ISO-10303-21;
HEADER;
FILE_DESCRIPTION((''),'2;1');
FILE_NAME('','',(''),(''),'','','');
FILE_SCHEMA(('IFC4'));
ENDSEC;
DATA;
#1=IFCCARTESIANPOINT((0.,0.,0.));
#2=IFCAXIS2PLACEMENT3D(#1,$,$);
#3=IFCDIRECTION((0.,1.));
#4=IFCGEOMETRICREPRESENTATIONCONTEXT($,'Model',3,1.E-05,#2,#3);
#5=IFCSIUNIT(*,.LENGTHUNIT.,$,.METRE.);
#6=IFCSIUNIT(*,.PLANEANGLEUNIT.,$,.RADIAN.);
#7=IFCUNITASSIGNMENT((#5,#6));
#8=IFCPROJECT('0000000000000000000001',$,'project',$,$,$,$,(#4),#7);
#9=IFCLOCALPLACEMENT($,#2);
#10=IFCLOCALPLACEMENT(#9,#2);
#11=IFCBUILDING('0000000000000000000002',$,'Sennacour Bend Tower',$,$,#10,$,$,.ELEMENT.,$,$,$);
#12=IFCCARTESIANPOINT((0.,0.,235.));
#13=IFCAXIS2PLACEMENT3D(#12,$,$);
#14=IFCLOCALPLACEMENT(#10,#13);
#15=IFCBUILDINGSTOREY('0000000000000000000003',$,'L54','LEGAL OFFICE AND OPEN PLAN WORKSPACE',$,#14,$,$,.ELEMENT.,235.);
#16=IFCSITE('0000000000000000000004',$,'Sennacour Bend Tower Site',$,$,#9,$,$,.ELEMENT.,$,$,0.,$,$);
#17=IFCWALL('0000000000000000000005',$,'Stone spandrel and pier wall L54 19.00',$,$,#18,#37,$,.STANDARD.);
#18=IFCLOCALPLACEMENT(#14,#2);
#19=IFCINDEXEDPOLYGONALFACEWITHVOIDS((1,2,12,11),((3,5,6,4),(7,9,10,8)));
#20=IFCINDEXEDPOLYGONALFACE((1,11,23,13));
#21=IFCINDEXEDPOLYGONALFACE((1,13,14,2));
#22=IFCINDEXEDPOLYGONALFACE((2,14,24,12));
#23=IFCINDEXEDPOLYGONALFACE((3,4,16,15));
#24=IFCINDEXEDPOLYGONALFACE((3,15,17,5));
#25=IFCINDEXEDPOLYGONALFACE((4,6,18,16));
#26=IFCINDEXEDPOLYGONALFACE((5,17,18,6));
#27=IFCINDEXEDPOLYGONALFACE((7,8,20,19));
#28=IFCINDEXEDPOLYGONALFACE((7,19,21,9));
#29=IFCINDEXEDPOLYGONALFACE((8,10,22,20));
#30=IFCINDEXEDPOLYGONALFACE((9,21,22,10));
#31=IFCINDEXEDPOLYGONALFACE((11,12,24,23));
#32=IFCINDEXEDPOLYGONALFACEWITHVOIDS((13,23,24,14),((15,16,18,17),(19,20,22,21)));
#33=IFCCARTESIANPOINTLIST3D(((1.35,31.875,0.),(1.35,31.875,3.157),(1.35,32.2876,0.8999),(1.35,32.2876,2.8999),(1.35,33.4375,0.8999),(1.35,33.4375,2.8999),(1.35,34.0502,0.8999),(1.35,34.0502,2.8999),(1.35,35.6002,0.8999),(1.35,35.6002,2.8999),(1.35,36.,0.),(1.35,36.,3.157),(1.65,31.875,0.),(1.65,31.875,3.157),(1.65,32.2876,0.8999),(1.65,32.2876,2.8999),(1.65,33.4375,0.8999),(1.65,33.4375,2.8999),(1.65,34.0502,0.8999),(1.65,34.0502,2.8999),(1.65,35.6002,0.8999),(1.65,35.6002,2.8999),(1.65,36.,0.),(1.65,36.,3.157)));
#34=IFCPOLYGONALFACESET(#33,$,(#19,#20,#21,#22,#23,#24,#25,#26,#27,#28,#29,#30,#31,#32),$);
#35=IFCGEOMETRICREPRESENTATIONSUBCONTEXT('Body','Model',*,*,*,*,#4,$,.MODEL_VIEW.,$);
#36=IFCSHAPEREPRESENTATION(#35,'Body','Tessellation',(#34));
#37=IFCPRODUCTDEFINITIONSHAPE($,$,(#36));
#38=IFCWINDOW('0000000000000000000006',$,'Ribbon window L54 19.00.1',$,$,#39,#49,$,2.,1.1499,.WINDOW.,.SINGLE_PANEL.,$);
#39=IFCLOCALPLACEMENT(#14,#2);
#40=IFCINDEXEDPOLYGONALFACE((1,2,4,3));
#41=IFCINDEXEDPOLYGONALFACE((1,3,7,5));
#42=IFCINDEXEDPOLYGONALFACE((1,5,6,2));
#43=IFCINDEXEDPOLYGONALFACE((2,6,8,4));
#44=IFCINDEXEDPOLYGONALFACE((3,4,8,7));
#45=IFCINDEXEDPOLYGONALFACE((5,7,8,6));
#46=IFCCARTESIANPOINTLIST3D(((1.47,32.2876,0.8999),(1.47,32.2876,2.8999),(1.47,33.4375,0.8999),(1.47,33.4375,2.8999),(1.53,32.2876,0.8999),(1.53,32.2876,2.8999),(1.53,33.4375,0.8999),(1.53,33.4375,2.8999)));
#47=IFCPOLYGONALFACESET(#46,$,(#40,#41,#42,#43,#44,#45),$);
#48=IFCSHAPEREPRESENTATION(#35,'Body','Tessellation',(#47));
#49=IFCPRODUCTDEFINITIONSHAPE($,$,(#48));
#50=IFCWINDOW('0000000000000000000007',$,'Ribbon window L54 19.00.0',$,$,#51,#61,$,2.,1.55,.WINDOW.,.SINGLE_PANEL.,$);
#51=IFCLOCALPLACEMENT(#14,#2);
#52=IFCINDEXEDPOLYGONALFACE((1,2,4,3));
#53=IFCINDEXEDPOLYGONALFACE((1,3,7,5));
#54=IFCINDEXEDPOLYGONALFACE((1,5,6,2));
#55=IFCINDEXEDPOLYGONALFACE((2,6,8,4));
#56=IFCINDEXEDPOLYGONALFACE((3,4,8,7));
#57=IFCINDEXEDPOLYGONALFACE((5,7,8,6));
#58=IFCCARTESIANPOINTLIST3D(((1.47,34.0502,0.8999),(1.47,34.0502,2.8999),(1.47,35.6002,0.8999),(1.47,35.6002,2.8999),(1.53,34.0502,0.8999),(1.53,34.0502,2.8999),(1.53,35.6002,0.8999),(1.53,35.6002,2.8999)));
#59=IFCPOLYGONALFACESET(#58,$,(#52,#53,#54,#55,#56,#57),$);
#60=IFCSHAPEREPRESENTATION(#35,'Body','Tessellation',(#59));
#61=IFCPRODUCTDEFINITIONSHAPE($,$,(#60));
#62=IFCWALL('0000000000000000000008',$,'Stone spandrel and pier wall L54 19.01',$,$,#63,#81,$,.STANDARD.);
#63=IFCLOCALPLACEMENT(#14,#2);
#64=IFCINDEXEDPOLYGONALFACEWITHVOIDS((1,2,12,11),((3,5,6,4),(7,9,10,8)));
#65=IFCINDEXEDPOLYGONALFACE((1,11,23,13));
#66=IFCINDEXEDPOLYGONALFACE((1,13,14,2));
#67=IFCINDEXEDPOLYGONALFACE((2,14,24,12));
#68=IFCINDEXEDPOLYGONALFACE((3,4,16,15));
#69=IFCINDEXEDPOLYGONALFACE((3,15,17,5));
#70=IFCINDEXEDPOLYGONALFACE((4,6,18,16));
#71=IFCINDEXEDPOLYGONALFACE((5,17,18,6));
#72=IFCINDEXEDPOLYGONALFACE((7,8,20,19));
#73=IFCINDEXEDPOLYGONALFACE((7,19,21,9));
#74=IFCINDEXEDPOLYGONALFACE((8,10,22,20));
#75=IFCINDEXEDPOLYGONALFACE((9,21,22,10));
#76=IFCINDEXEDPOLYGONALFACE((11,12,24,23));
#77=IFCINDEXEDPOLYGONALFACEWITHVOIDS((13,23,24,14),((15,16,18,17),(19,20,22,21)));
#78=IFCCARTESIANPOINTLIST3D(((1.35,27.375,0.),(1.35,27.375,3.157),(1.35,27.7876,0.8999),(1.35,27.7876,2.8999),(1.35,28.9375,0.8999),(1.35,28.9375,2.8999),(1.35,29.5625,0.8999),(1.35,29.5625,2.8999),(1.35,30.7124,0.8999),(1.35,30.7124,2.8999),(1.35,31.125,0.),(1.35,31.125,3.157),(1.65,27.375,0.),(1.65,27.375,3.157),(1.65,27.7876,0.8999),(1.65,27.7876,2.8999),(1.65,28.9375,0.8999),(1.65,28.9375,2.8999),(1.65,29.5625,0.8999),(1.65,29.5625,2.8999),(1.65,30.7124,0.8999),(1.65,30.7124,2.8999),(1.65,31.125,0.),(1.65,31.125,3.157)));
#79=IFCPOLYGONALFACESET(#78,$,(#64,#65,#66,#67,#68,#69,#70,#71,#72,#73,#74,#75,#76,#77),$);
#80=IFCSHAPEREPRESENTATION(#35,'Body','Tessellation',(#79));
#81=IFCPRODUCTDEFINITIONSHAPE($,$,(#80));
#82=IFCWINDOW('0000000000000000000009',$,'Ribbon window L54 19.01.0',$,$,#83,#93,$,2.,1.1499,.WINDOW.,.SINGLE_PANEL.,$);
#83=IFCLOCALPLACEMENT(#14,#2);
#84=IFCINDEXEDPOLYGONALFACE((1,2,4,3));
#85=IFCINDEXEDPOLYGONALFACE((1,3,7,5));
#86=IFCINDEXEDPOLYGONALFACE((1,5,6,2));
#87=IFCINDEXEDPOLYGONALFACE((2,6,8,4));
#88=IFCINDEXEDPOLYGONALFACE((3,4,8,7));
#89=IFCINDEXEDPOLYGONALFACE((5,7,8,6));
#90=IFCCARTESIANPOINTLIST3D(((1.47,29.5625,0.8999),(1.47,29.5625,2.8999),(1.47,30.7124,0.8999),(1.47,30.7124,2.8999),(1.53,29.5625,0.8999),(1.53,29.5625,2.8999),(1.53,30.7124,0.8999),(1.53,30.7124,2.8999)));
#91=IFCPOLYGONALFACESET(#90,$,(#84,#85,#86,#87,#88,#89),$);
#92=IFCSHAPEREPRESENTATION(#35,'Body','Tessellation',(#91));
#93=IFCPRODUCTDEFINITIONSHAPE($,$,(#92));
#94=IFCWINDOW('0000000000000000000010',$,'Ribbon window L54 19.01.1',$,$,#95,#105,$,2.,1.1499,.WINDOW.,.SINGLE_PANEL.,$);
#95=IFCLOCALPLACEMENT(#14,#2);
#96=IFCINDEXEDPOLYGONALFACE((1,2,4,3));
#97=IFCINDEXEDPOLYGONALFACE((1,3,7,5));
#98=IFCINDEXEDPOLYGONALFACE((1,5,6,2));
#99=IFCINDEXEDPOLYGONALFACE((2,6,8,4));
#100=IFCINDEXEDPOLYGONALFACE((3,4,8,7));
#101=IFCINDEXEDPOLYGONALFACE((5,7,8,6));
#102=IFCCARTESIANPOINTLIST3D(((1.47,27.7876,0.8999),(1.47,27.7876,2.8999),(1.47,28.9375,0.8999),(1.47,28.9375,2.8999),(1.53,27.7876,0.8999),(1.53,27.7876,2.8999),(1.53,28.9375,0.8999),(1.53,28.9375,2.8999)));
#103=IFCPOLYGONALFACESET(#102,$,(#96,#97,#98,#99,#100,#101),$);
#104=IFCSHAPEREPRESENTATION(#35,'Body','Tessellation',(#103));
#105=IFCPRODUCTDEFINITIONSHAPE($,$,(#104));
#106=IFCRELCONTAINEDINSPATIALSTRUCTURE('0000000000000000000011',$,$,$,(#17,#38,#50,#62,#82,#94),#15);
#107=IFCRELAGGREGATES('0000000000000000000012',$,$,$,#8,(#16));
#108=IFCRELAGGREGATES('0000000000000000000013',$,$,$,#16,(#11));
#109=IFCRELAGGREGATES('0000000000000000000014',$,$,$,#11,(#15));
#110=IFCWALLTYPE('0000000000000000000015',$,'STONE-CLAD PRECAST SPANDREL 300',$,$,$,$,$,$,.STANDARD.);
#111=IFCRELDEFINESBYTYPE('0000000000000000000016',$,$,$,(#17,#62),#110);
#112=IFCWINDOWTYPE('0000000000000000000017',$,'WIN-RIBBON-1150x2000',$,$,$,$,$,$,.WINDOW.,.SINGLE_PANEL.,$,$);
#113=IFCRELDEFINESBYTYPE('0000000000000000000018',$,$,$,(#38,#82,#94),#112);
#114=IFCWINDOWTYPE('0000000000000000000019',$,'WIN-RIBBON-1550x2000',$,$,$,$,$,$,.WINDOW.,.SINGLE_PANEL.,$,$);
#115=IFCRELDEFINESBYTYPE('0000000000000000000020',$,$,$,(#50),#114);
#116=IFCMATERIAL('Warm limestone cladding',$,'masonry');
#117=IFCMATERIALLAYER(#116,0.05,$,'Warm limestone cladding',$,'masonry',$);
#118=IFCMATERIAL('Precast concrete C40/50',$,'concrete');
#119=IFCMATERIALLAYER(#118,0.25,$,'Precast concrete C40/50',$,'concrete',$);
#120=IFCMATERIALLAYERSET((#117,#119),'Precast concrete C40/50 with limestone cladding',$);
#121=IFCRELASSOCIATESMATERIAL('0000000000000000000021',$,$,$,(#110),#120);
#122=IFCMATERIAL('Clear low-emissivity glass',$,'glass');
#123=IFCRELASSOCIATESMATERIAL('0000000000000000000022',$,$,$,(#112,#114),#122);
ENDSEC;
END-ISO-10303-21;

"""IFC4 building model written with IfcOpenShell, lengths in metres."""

from ifc_helpers import new_model, si_unit, direction, frame, frame_2d, origin, place, context, subcontext, project, spatial, rectangle, extrude, material, layer, layer_set, type_object, element, fill, save


model = new_model("IFC4")

# Units and contexts
model_context = context("Model", 3, precision=1e-05, world=origin(), true_north=direction((0.0, 1.0)))
body_context = subcontext(model_context, "Body", "Model", "MODEL_VIEW")
ifc_project = project(units=[si_unit("LENGTHUNIT", "METRE"), si_unit("PLANEANGLEUNIT", "RADIAN")], contexts=[model_context])

# Site, building, storey
site_placement = place(None, origin())
site = spatial("IfcSite", under=ifc_project, at=site_placement, Name="Sennacour Bend Tower Site", CompositionType="ELEMENT", RefElevation=0.0)
building_placement = place(site_placement, origin())
building = spatial("IfcBuilding", under=site, at=building_placement, Name="Sennacour Bend Tower", CompositionType="ELEMENT")
storey_placement = place(building_placement, frame((0.0, 0.0, 235.0)))
storey = spatial("IfcBuildingStorey", under=building, at=storey_placement, Name="L54", Description="LEGAL OFFICE AND OPEN PLAN WORKSPACE", CompositionType="ELEMENT", Elevation=235.0)

# Walls, openings, windows
ifc_material_1 = material(Name="Warm limestone cladding", Category="masonry")
ifc_layer_1 = layer(ifc_material_1, 0.05, Name="Warm limestone cladding", Category="masonry")
ifc_material_2 = material(Name="Precast concrete C40/50", Category="concrete")
ifc_layer_2 = layer(ifc_material_2, 0.25, Name="Precast concrete C40/50", Category="concrete")
ifc_layer_set_1 = layer_set([ifc_layer_1, ifc_layer_2], Name="Precast concrete C40/50 with limestone cladding")
wall_type_1 = type_object("IfcWallType", Name="STONE-CLAD PRECAST SPANDREL 300", PredefinedType="STANDARD", material=ifc_layer_set_1)
wall_1_placement = place(storey_placement, frame((1.5, 36.0, 0.0), z_axis=(0.0, 0.0, 1.0), x_axis=(0.0, -1.0, 0.0)))
wall_1 = element("IfcWall", 1, at=wall_1_placement, inside=storey, type_object=wall_type_1, Name="Stone spandrel and pier wall L54 19.00", PredefinedType="STANDARD", context=body_context, shape_type="SweptSolid", body=[
    extrude(rectangle(XDim=4.125, YDim=0.3, at=frame_2d((2.0625, 0.0))), origin(), (0.0, 0.0, 1.0), 3.157),
])
opening_1_placement = place(wall_1_placement, frame((0.3999, 0.0, 0.8999)))
opening_1 = element("IfcOpeningElement", 2, at=opening_1_placement, cuts=wall_1, PredefinedType="OPENING", context=body_context, shape_type="SweptSolid", body=[
    extrude(rectangle(XDim=1.55, YDim=2.0, at=frame_2d((0.7749, 1.0))), frame((0.0, 0.1602, 0.0), z_axis=(0.0, -1.0, 0.0), x_axis=(1.0, 0.0, 0.0)), (0.0, 0.0, 1.0), 0.3201),
])
opening_2_placement = place(wall_1_placement, frame((2.5625, 0.0, 0.8999)))
opening_2 = element("IfcOpeningElement", 3, at=opening_2_placement, cuts=wall_1, PredefinedType="OPENING", context=body_context, shape_type="SweptSolid", body=[
    extrude(rectangle(XDim=1.1499, YDim=2.0, at=frame_2d((0.575, 1.0))), frame((0.0, 0.1602, 0.0), z_axis=(0.0, -1.0, 0.0), x_axis=(1.0, 0.0, 0.0)), (0.0, 0.0, 1.0), 0.3201),
])
ifc_material_3 = material(Name="Clear low-emissivity glass", Category="glass")
window_type_1 = type_object("IfcWindowType", Name="WIN-RIBBON-1150x2000", PartitioningType="SINGLE_PANEL", PredefinedType="WINDOW", material=ifc_material_3)
window_1_placement = place(opening_2_placement, origin())
window_1 = element("IfcWindow", 4, at=window_1_placement, inside=storey, type_object=window_type_1, Name="Ribbon window L54 19.00.1", OverallHeight=2.0, OverallWidth=1.1499, PartitioningType="SINGLE_PANEL", PredefinedType="WINDOW", context=body_context, shape_type="SweptSolid", body=[
    extrude(rectangle(XDim=1.1499, YDim=2.0, at=frame_2d((0.575, 1.0))), frame((0.0, 0.03, 0.0), z_axis=(0.0, -1.0, 0.0), x_axis=(1.0, 0.0, 0.0)), (0.0, 0.0, 1.0), 0.0601),
])
fill(opening_2, window_1)
window_type_2 = type_object("IfcWindowType", Name="WIN-RIBBON-1550x2000", PartitioningType="SINGLE_PANEL", PredefinedType="WINDOW", material=ifc_material_3)
window_2_placement = place(opening_1_placement, origin())
window_2 = element("IfcWindow", 5, at=window_2_placement, inside=storey, type_object=window_type_2, Name="Ribbon window L54 19.00.0", OverallHeight=2.0, OverallWidth=1.55, PartitioningType="SINGLE_PANEL", PredefinedType="WINDOW", context=body_context, shape_type="SweptSolid", body=[
    extrude(rectangle(XDim=1.55, YDim=2.0, at=frame_2d((0.7749, 1.0))), frame((0.0, 0.03, 0.0), z_axis=(0.0, -1.0, 0.0), x_axis=(1.0, 0.0, 0.0)), (0.0, 0.0, 1.0), 0.0601),
])
fill(opening_1, window_2)
wall_2_placement = place(storey_placement, frame((1.5, 31.125, 0.0), z_axis=(0.0, 0.0, 1.0), x_axis=(0.0, -1.0, 0.0)))
wall_2 = element("IfcWall", 6, at=wall_2_placement, inside=storey, type_object=wall_type_1, Name="Stone spandrel and pier wall L54 19.01", PredefinedType="STANDARD", context=body_context, shape_type="SweptSolid", body=[
    extrude(rectangle(XDim=3.75, YDim=0.3, at=frame_2d((1.875, 0.0))), origin(), (0.0, 0.0, 1.0), 3.157),
])
opening_3_placement = place(wall_2_placement, frame((0.4126, 0.0, 0.8999)))
opening_3 = element("IfcOpeningElement", 7, at=opening_3_placement, cuts=wall_2, PredefinedType="OPENING", context=body_context, shape_type="SweptSolid", body=[
    extrude(rectangle(XDim=1.1499, YDim=2.0, at=frame_2d((0.575, 1.0))), frame((0.0, 0.1602, 0.0), z_axis=(0.0, -1.0, 0.0), x_axis=(1.0, 0.0, 0.0)), (0.0, 0.0, 1.0), 0.3201),
])
opening_4_placement = place(wall_2_placement, frame((2.1875, 0.0, 0.8999)))
opening_4 = element("IfcOpeningElement", 8, at=opening_4_placement, cuts=wall_2, PredefinedType="OPENING", context=body_context, shape_type="SweptSolid", body=[
    extrude(rectangle(XDim=1.1499, YDim=2.0, at=frame_2d((0.575, 1.0))), frame((0.0, 0.1602, 0.0), z_axis=(0.0, -1.0, 0.0), x_axis=(1.0, 0.0, 0.0)), (0.0, 0.0, 1.0), 0.3201),
])
window_3_placement = place(opening_3_placement, origin())
window_3 = element("IfcWindow", 9, at=window_3_placement, inside=storey, type_object=window_type_1, Name="Ribbon window L54 19.01.0", OverallHeight=2.0, OverallWidth=1.1499, PartitioningType="SINGLE_PANEL", PredefinedType="WINDOW", context=body_context, shape_type="SweptSolid", body=[
    extrude(rectangle(XDim=1.1499, YDim=2.0, at=frame_2d((0.575, 1.0))), frame((0.0, 0.03, 0.0), z_axis=(0.0, -1.0, 0.0), x_axis=(1.0, 0.0, 0.0)), (0.0, 0.0, 1.0), 0.0601),
])
fill(opening_3, window_3)
window_4_placement = place(opening_4_placement, origin())
window_4 = element("IfcWindow", 10, at=window_4_placement, inside=storey, type_object=window_type_1, Name="Ribbon window L54 19.01.1", OverallHeight=2.0, OverallWidth=1.1499, PartitioningType="SINGLE_PANEL", PredefinedType="WINDOW", context=body_context, shape_type="SweptSolid", body=[
    extrude(rectangle(XDim=1.1499, YDim=2.0, at=frame_2d((0.575, 1.0))), frame((0.0, 0.03, 0.0), z_axis=(0.0, -1.0, 0.0), x_axis=(1.0, 0.0, 0.0)), (0.0, 0.0, 1.0), 0.0601),
])
fill(opening_4, window_4)

save(model, "model.ifc")
